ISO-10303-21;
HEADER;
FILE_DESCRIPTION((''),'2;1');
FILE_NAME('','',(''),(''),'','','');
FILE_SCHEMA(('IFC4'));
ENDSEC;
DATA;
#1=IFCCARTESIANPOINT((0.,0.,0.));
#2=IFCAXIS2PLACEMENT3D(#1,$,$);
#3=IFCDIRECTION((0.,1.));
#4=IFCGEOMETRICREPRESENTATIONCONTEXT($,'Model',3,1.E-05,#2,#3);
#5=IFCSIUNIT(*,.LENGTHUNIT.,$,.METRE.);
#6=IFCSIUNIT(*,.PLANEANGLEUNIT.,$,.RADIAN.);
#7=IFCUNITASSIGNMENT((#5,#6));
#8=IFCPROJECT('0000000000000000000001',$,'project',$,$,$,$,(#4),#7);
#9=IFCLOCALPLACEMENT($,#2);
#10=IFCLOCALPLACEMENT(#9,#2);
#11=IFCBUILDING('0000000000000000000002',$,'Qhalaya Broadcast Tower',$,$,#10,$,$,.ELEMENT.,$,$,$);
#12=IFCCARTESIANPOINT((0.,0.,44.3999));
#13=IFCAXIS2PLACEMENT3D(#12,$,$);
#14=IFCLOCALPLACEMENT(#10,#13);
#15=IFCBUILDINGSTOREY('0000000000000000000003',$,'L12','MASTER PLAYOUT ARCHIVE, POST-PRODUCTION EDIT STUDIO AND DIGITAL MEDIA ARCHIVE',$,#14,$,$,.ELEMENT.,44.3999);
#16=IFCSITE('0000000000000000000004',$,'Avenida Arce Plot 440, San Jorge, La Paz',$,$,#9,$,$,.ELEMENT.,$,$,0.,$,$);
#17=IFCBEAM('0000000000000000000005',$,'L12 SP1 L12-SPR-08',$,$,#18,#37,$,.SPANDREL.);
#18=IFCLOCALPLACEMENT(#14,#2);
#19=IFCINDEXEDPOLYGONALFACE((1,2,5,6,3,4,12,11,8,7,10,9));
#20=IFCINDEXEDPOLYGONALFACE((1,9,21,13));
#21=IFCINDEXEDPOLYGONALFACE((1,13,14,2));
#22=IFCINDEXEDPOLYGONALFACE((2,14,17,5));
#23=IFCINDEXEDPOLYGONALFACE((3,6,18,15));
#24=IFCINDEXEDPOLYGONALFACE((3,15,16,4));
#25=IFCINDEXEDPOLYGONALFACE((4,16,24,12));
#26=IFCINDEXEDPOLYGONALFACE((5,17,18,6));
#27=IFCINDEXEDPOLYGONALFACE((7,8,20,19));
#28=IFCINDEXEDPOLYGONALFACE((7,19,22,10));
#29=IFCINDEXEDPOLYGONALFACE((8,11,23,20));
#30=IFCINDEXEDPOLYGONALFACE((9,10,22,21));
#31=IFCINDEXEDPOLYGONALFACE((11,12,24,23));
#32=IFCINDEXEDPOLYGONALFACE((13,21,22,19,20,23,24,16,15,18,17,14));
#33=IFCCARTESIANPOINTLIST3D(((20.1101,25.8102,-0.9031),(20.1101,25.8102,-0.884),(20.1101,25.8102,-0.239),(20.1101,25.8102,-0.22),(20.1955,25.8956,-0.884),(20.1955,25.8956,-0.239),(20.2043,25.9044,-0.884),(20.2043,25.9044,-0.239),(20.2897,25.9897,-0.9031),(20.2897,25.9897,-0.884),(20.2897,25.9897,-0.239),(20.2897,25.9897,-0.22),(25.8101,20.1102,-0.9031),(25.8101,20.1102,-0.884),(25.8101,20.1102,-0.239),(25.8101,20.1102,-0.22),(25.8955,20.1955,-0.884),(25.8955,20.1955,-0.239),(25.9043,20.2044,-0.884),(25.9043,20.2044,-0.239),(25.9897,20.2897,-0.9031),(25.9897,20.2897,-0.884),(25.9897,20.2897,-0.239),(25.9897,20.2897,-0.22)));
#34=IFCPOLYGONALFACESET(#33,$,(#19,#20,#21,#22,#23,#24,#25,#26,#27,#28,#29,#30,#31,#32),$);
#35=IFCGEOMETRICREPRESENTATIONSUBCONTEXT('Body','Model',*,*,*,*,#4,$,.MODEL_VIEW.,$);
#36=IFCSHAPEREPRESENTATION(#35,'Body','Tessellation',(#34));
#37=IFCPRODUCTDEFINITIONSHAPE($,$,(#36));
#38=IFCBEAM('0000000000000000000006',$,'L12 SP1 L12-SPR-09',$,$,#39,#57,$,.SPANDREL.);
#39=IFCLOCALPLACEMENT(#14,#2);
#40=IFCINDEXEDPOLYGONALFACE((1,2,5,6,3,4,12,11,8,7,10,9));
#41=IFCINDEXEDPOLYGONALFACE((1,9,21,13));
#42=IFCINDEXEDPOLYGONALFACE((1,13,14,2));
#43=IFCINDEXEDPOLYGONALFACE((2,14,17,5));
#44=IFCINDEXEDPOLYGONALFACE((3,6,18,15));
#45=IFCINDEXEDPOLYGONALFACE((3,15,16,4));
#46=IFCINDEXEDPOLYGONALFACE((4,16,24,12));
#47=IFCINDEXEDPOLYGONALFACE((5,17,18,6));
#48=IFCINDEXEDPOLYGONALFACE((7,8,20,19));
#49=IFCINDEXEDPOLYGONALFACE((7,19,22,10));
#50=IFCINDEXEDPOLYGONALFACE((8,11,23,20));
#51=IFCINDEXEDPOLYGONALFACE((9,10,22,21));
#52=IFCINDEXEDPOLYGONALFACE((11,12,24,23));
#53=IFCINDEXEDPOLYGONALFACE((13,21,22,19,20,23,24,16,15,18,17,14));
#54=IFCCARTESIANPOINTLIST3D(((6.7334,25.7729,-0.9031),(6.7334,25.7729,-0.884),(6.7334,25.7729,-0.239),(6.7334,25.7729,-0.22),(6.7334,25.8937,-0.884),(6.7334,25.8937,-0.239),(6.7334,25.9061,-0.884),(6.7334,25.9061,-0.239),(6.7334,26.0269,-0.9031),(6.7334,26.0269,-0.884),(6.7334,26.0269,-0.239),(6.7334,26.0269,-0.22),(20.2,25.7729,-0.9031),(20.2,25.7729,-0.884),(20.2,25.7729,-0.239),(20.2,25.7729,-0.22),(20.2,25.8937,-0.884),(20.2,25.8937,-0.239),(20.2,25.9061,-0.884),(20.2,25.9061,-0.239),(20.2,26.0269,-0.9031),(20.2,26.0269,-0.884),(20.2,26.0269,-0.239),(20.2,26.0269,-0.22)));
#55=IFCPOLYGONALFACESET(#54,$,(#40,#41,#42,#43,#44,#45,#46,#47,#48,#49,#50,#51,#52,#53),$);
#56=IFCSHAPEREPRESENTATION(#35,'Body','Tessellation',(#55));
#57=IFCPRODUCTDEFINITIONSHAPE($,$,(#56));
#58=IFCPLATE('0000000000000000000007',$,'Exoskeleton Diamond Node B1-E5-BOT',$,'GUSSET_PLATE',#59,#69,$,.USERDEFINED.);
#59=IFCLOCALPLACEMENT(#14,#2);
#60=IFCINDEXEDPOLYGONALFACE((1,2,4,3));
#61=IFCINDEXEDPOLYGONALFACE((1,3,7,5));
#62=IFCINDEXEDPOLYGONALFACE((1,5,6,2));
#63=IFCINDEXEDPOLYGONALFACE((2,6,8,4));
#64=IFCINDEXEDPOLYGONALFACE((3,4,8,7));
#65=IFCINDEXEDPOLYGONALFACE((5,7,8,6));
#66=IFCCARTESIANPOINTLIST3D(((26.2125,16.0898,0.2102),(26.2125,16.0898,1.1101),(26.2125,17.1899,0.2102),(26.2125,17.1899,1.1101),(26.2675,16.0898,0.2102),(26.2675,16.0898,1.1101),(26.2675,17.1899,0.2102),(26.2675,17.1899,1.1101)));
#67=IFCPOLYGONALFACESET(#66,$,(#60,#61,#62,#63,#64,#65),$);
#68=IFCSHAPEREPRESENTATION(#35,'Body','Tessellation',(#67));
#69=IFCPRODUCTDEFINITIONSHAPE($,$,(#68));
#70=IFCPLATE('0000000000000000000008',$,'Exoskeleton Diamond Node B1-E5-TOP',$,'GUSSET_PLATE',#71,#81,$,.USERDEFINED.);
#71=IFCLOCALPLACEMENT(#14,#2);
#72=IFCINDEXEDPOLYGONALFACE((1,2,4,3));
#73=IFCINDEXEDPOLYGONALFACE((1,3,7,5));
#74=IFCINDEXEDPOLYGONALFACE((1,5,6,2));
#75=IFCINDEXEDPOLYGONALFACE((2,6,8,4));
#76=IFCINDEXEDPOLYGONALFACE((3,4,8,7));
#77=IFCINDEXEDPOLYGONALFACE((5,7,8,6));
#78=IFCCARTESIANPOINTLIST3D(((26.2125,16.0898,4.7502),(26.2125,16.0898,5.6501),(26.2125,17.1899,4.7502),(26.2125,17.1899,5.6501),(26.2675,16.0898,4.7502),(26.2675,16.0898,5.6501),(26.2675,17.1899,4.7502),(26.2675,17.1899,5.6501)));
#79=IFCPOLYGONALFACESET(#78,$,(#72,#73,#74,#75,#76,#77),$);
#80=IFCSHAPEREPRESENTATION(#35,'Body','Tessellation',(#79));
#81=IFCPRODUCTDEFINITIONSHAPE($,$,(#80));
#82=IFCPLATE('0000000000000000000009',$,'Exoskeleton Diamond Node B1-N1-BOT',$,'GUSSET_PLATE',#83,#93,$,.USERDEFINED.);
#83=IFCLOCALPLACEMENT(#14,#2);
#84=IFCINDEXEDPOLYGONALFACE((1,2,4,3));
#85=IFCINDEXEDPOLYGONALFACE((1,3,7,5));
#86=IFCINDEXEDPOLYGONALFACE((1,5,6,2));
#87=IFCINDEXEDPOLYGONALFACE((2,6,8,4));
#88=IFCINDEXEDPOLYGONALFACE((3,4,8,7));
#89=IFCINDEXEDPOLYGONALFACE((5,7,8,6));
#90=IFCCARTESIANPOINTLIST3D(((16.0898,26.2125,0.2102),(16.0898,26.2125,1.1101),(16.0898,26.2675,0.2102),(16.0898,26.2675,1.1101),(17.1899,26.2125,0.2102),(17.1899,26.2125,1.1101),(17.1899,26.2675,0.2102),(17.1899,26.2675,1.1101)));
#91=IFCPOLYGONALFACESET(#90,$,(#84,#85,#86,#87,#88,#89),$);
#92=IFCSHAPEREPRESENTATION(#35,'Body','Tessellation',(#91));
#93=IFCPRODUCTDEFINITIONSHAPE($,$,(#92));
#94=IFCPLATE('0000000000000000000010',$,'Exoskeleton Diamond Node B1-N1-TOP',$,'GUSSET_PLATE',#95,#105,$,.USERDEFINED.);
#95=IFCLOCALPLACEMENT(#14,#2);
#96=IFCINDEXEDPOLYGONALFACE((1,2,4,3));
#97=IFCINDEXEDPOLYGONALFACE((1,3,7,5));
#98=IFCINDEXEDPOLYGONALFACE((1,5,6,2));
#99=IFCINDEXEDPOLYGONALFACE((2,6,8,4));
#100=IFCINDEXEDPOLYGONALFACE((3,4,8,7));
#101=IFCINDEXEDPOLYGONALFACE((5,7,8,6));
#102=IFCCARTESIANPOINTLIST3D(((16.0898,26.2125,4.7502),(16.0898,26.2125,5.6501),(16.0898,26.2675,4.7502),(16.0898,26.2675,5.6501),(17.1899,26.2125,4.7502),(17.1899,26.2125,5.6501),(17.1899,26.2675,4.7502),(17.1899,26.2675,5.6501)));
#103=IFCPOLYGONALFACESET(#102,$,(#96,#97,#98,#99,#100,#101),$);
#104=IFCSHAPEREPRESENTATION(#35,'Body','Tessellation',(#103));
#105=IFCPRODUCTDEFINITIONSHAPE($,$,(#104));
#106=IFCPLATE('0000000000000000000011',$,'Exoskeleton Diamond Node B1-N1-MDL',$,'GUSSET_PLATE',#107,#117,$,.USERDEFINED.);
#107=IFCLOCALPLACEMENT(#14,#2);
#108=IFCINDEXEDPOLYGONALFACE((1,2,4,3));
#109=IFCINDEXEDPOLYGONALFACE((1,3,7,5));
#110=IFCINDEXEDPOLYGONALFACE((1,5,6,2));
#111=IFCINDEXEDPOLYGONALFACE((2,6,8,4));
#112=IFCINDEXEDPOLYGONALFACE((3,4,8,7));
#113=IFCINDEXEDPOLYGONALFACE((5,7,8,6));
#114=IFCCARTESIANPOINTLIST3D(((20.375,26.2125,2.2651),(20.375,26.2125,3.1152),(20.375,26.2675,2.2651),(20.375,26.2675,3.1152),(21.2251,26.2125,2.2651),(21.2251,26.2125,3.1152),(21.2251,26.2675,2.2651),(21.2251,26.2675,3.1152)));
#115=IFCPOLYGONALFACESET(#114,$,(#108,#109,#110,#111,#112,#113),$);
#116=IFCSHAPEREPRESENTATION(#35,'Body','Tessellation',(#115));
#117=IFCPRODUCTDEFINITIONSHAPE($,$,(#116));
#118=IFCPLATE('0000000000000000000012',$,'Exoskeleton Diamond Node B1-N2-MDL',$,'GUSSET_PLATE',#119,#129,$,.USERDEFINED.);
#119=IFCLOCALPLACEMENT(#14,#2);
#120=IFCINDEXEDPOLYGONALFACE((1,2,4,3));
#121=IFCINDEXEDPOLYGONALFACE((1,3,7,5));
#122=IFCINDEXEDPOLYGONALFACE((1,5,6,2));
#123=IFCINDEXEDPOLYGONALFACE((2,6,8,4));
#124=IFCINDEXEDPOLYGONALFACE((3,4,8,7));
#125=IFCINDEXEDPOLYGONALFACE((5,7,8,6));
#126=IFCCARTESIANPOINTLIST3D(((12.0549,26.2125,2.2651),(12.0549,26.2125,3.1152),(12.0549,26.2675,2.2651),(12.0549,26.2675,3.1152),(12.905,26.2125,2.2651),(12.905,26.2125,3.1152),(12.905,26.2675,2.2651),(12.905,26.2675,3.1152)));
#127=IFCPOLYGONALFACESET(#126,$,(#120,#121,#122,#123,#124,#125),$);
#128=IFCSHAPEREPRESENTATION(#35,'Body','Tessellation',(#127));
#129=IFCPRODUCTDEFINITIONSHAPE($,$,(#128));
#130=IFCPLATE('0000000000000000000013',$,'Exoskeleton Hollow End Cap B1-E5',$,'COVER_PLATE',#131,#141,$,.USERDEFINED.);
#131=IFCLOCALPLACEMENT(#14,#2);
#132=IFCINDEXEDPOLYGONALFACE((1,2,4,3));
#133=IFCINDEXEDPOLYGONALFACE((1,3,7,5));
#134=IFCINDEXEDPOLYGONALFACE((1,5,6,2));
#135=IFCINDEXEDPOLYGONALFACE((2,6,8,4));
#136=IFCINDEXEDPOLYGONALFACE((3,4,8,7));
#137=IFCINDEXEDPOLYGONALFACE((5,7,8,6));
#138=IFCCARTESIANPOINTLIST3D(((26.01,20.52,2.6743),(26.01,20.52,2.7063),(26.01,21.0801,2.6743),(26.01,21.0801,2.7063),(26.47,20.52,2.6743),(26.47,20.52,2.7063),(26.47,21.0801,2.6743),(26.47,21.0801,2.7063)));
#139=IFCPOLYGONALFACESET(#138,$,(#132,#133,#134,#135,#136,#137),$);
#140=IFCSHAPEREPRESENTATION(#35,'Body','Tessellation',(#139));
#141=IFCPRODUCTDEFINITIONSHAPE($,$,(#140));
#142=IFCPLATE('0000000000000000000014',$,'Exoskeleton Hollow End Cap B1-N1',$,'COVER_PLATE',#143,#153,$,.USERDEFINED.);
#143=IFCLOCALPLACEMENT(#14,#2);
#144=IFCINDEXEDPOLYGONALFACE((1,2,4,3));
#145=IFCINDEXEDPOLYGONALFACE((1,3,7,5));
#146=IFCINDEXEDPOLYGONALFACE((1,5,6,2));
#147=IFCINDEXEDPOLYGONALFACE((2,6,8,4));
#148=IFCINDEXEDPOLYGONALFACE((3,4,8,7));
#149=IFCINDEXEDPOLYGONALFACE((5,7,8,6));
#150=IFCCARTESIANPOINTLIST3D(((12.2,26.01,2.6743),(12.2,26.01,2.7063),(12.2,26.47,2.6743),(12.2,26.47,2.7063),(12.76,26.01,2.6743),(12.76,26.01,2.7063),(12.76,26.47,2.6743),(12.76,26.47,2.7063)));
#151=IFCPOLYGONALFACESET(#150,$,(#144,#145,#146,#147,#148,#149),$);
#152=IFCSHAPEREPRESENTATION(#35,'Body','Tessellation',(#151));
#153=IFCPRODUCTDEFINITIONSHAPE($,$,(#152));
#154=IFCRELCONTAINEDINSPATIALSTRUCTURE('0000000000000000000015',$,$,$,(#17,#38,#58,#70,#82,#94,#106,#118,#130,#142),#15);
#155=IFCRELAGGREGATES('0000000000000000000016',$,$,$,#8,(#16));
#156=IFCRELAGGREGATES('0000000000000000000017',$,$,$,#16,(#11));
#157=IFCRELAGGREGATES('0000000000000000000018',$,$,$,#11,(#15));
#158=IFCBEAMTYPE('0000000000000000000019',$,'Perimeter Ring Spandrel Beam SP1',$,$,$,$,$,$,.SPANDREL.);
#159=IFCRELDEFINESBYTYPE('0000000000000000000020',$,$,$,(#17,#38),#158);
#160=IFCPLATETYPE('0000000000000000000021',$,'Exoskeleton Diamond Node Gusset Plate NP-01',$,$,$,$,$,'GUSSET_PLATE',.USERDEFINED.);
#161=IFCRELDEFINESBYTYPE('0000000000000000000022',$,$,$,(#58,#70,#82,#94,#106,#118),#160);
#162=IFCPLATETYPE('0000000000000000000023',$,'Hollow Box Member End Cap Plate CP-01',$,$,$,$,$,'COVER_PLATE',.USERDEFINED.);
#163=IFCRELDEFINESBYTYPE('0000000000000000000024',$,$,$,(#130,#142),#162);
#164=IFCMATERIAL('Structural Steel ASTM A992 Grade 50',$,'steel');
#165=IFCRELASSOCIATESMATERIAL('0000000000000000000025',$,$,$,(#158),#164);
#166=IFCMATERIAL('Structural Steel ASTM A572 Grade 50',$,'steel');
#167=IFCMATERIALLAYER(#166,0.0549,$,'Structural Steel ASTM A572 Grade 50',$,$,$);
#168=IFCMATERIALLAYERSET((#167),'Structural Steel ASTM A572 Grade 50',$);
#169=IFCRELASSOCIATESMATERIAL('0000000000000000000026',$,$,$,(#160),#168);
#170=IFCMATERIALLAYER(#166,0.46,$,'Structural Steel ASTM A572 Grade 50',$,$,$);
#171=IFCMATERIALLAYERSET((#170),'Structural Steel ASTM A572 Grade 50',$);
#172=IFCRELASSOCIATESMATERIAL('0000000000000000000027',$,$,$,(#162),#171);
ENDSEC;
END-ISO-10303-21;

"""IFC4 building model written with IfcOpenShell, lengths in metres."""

from ifc_helpers import new_model, si_unit, direction, frame, origin, origin_2d, place, context, subcontext, project, spatial, rectangle, i_section, extrude, material, layer, layer_set, material_profile, profile_set, type_object, element, save


model = new_model("IFC4")

# Units and contexts
model_context = context("Model", 3, precision=1e-05, world=origin(), true_north=direction((0.0, 1.0)))
body_context = subcontext(model_context, "Body", "Model", "MODEL_VIEW")
ifc_project = project(units=[si_unit("LENGTHUNIT", "METRE"), si_unit("PLANEANGLEUNIT", "RADIAN")], contexts=[model_context])

# Site, building, storey
site_placement = place(None, origin())
site = spatial("IfcSite", under=ifc_project, at=site_placement, Name="Avenida Arce Plot 440, San Jorge, La Paz", CompositionType="ELEMENT", RefElevation=0.0)
building_placement = place(site_placement, origin())
building = spatial("IfcBuilding", under=site, at=building_placement, Name="Qhalaya Broadcast Tower", CompositionType="ELEMENT")
storey_placement = place(building_placement, frame((0.0, 0.0, 44.3999)))
storey = spatial("IfcBuildingStorey", under=building, at=storey_placement, Name="L12", Description="MASTER PLAYOUT ARCHIVE, POST-PRODUCTION EDIT STUDIO AND DIGITAL MEDIA ARCHIVE", CompositionType="ELEMENT", Elevation=44.3999)

# Shared definitions
ifc_material_1 = material(Name="Structural Steel ASTM A572 Grade 50", Category="steel")

# Shared definitions
ifc_material_2 = material(Name="Structural Steel ASTM A992 Grade 50", Category="steel")

# Beams
ifc_material_profile_1 = material_profile(ifc_material_2, i_section(OverallWidth=0.2539, OverallDepth=0.6831, WebThickness=0.0125, FlangeThickness=0.019, at=origin_2d()), Name="W27X94")
ifc_profile_set_1 = profile_set([ifc_material_profile_1], Name="Structural Steel ASTM A992 Grade 50")
beam_type_1 = type_object("IfcBeamType", Name="Perimeter Ring Spandrel Beam SP1", PredefinedType="SPANDREL", material=ifc_profile_set_1)
beam_1_placement = place(storey_placement, frame((25.8999, 20.2, -0.5615), z_axis=(-0.707107, 0.707107, 0.0), x_axis=(-0.707107, -0.707107, 0.0)))
element("IfcBeam", 1, at=beam_1_placement, inside=storey, type_object=beam_type_1, Name="L12 SP1 L12-SPR-08", PredefinedType="SPANDREL", context=body_context, shape_type="SweptSolid", body=[
    extrude(i_section(OverallWidth=0.2539, OverallDepth=0.6831, WebThickness=0.0125, FlangeThickness=0.019, at=origin_2d()), origin(), (0.0, 0.0, 1.0), 8.061),
])
beam_2_placement = place(storey_placement, frame((20.2, 25.8999, -0.5615), z_axis=(-1.0, 0.0, 0.0), x_axis=(0.0, -1.0, 0.0)))
element("IfcBeam", 2, at=beam_2_placement, inside=storey, type_object=beam_type_1, Name="L12 SP1 L12-SPR-09", PredefinedType="SPANDREL", context=body_context, shape_type="SweptSolid", body=[
    extrude(i_section(OverallWidth=0.2539, OverallDepth=0.6831, WebThickness=0.0125, FlangeThickness=0.019, at=origin_2d()), origin(), (0.0, 0.0, 1.0), 13.4666),
])

# Plates
ifc_layer_1 = layer(ifc_material_1, 0.0549, Name="Structural Steel ASTM A572 Grade 50")
ifc_layer_set_1 = layer_set([ifc_layer_1], Name="Structural Steel ASTM A572 Grade 50")
plate_type_1 = type_object("IfcPlateType", Name="Exoskeleton Diamond Node Gusset Plate NP-01", ElementType="GUSSET_PLATE", PredefinedType="USERDEFINED", material=ifc_layer_set_1)
for number, where, z_axis, x_axis, name in (
    (3, (26.24, 16.6399, 0.2102), (0.0, 0.0, 1.0), (0.0, 1.0, 0.0), "Exoskeleton Diamond Node B1-E5-BOT"),
    (4, (26.24, 16.6399, 4.7502), (0.0, 0.0, 1.0), (0.0, 1.0, 0.0), "Exoskeleton Diamond Node B1-E5-TOP"),
    (5, (16.6399, 26.24, 0.2102), (0.0, 0.0, 1.0), (1.0, 0.0, 0.0), "Exoskeleton Diamond Node B1-N1-BOT"),
    (6, (16.6399, 26.24, 4.7502), (0.0, 0.0, 1.0), (1.0, 0.0, 0.0), "Exoskeleton Diamond Node B1-N1-TOP"),
):
    element("IfcPlate", number, at=place(storey_placement, frame(where, z_axis=z_axis, x_axis=x_axis)), inside=storey, type_object=plate_type_1, Name=name, ObjectType="GUSSET_PLATE", PredefinedType="USERDEFINED", context=body_context, shape_type="SweptSolid", body=[
        extrude(rectangle(XDim=1.1001, YDim=0.0549, at=origin_2d()), origin(), (0.0, 0.0, 1.0), 0.8999),
    ])
for number, where, z_axis, x_axis, name in (
    (7, (20.8, 26.24, 2.2651), (0.0, 0.0, 1.0), (1.0, 0.0, 0.0), "Exoskeleton Diamond Node B1-N1-MDL"),
    (8, (12.48, 26.24, 2.2651), (0.0, 0.0, 1.0), (1.0, 0.0, 0.0), "Exoskeleton Diamond Node B1-N2-MDL"),
):
    element("IfcPlate", number, at=place(storey_placement, frame(where, z_axis=z_axis, x_axis=x_axis)), inside=storey, type_object=plate_type_1, Name=name, ObjectType="GUSSET_PLATE", PredefinedType="USERDEFINED", context=body_context, shape_type="SweptSolid", body=[
        extrude(rectangle(XDim=0.8501, YDim=0.0549, at=origin_2d()), origin(), (0.0, 0.0, 1.0), 0.8501),
    ])
ifc_layer_2 = layer(ifc_material_1, 0.46, Name="Structural Steel ASTM A572 Grade 50")
ifc_layer_set_2 = layer_set([ifc_layer_2], Name="Structural Steel ASTM A572 Grade 50")
plate_type_2 = type_object("IfcPlateType", Name="Hollow Box Member End Cap Plate CP-01", ElementType="COVER_PLATE", PredefinedType="USERDEFINED", material=ifc_layer_set_2)
for number, where, z_axis, x_axis, name in (
    (9, (26.24, 20.8, 2.6743), (0.0, 0.0, 1.0), (0.0, 1.0, 0.0), "Exoskeleton Hollow End Cap B1-E5"),
    (10, (12.48, 26.24, 2.6743), (0.0, 0.0, 1.0), (1.0, 0.0, 0.0), "Exoskeleton Hollow End Cap B1-N1"),
):
    element("IfcPlate", number, at=place(storey_placement, frame(where, z_axis=z_axis, x_axis=x_axis)), inside=storey, type_object=plate_type_2, Name=name, ObjectType="COVER_PLATE", PredefinedType="USERDEFINED", context=body_context, shape_type="SweptSolid", body=[
        extrude(rectangle(XDim=0.5601, YDim=0.46, at=origin_2d()), origin(), (0.0, 0.0, 1.0), 0.032),
    ])

save(model, "model.ifc")
